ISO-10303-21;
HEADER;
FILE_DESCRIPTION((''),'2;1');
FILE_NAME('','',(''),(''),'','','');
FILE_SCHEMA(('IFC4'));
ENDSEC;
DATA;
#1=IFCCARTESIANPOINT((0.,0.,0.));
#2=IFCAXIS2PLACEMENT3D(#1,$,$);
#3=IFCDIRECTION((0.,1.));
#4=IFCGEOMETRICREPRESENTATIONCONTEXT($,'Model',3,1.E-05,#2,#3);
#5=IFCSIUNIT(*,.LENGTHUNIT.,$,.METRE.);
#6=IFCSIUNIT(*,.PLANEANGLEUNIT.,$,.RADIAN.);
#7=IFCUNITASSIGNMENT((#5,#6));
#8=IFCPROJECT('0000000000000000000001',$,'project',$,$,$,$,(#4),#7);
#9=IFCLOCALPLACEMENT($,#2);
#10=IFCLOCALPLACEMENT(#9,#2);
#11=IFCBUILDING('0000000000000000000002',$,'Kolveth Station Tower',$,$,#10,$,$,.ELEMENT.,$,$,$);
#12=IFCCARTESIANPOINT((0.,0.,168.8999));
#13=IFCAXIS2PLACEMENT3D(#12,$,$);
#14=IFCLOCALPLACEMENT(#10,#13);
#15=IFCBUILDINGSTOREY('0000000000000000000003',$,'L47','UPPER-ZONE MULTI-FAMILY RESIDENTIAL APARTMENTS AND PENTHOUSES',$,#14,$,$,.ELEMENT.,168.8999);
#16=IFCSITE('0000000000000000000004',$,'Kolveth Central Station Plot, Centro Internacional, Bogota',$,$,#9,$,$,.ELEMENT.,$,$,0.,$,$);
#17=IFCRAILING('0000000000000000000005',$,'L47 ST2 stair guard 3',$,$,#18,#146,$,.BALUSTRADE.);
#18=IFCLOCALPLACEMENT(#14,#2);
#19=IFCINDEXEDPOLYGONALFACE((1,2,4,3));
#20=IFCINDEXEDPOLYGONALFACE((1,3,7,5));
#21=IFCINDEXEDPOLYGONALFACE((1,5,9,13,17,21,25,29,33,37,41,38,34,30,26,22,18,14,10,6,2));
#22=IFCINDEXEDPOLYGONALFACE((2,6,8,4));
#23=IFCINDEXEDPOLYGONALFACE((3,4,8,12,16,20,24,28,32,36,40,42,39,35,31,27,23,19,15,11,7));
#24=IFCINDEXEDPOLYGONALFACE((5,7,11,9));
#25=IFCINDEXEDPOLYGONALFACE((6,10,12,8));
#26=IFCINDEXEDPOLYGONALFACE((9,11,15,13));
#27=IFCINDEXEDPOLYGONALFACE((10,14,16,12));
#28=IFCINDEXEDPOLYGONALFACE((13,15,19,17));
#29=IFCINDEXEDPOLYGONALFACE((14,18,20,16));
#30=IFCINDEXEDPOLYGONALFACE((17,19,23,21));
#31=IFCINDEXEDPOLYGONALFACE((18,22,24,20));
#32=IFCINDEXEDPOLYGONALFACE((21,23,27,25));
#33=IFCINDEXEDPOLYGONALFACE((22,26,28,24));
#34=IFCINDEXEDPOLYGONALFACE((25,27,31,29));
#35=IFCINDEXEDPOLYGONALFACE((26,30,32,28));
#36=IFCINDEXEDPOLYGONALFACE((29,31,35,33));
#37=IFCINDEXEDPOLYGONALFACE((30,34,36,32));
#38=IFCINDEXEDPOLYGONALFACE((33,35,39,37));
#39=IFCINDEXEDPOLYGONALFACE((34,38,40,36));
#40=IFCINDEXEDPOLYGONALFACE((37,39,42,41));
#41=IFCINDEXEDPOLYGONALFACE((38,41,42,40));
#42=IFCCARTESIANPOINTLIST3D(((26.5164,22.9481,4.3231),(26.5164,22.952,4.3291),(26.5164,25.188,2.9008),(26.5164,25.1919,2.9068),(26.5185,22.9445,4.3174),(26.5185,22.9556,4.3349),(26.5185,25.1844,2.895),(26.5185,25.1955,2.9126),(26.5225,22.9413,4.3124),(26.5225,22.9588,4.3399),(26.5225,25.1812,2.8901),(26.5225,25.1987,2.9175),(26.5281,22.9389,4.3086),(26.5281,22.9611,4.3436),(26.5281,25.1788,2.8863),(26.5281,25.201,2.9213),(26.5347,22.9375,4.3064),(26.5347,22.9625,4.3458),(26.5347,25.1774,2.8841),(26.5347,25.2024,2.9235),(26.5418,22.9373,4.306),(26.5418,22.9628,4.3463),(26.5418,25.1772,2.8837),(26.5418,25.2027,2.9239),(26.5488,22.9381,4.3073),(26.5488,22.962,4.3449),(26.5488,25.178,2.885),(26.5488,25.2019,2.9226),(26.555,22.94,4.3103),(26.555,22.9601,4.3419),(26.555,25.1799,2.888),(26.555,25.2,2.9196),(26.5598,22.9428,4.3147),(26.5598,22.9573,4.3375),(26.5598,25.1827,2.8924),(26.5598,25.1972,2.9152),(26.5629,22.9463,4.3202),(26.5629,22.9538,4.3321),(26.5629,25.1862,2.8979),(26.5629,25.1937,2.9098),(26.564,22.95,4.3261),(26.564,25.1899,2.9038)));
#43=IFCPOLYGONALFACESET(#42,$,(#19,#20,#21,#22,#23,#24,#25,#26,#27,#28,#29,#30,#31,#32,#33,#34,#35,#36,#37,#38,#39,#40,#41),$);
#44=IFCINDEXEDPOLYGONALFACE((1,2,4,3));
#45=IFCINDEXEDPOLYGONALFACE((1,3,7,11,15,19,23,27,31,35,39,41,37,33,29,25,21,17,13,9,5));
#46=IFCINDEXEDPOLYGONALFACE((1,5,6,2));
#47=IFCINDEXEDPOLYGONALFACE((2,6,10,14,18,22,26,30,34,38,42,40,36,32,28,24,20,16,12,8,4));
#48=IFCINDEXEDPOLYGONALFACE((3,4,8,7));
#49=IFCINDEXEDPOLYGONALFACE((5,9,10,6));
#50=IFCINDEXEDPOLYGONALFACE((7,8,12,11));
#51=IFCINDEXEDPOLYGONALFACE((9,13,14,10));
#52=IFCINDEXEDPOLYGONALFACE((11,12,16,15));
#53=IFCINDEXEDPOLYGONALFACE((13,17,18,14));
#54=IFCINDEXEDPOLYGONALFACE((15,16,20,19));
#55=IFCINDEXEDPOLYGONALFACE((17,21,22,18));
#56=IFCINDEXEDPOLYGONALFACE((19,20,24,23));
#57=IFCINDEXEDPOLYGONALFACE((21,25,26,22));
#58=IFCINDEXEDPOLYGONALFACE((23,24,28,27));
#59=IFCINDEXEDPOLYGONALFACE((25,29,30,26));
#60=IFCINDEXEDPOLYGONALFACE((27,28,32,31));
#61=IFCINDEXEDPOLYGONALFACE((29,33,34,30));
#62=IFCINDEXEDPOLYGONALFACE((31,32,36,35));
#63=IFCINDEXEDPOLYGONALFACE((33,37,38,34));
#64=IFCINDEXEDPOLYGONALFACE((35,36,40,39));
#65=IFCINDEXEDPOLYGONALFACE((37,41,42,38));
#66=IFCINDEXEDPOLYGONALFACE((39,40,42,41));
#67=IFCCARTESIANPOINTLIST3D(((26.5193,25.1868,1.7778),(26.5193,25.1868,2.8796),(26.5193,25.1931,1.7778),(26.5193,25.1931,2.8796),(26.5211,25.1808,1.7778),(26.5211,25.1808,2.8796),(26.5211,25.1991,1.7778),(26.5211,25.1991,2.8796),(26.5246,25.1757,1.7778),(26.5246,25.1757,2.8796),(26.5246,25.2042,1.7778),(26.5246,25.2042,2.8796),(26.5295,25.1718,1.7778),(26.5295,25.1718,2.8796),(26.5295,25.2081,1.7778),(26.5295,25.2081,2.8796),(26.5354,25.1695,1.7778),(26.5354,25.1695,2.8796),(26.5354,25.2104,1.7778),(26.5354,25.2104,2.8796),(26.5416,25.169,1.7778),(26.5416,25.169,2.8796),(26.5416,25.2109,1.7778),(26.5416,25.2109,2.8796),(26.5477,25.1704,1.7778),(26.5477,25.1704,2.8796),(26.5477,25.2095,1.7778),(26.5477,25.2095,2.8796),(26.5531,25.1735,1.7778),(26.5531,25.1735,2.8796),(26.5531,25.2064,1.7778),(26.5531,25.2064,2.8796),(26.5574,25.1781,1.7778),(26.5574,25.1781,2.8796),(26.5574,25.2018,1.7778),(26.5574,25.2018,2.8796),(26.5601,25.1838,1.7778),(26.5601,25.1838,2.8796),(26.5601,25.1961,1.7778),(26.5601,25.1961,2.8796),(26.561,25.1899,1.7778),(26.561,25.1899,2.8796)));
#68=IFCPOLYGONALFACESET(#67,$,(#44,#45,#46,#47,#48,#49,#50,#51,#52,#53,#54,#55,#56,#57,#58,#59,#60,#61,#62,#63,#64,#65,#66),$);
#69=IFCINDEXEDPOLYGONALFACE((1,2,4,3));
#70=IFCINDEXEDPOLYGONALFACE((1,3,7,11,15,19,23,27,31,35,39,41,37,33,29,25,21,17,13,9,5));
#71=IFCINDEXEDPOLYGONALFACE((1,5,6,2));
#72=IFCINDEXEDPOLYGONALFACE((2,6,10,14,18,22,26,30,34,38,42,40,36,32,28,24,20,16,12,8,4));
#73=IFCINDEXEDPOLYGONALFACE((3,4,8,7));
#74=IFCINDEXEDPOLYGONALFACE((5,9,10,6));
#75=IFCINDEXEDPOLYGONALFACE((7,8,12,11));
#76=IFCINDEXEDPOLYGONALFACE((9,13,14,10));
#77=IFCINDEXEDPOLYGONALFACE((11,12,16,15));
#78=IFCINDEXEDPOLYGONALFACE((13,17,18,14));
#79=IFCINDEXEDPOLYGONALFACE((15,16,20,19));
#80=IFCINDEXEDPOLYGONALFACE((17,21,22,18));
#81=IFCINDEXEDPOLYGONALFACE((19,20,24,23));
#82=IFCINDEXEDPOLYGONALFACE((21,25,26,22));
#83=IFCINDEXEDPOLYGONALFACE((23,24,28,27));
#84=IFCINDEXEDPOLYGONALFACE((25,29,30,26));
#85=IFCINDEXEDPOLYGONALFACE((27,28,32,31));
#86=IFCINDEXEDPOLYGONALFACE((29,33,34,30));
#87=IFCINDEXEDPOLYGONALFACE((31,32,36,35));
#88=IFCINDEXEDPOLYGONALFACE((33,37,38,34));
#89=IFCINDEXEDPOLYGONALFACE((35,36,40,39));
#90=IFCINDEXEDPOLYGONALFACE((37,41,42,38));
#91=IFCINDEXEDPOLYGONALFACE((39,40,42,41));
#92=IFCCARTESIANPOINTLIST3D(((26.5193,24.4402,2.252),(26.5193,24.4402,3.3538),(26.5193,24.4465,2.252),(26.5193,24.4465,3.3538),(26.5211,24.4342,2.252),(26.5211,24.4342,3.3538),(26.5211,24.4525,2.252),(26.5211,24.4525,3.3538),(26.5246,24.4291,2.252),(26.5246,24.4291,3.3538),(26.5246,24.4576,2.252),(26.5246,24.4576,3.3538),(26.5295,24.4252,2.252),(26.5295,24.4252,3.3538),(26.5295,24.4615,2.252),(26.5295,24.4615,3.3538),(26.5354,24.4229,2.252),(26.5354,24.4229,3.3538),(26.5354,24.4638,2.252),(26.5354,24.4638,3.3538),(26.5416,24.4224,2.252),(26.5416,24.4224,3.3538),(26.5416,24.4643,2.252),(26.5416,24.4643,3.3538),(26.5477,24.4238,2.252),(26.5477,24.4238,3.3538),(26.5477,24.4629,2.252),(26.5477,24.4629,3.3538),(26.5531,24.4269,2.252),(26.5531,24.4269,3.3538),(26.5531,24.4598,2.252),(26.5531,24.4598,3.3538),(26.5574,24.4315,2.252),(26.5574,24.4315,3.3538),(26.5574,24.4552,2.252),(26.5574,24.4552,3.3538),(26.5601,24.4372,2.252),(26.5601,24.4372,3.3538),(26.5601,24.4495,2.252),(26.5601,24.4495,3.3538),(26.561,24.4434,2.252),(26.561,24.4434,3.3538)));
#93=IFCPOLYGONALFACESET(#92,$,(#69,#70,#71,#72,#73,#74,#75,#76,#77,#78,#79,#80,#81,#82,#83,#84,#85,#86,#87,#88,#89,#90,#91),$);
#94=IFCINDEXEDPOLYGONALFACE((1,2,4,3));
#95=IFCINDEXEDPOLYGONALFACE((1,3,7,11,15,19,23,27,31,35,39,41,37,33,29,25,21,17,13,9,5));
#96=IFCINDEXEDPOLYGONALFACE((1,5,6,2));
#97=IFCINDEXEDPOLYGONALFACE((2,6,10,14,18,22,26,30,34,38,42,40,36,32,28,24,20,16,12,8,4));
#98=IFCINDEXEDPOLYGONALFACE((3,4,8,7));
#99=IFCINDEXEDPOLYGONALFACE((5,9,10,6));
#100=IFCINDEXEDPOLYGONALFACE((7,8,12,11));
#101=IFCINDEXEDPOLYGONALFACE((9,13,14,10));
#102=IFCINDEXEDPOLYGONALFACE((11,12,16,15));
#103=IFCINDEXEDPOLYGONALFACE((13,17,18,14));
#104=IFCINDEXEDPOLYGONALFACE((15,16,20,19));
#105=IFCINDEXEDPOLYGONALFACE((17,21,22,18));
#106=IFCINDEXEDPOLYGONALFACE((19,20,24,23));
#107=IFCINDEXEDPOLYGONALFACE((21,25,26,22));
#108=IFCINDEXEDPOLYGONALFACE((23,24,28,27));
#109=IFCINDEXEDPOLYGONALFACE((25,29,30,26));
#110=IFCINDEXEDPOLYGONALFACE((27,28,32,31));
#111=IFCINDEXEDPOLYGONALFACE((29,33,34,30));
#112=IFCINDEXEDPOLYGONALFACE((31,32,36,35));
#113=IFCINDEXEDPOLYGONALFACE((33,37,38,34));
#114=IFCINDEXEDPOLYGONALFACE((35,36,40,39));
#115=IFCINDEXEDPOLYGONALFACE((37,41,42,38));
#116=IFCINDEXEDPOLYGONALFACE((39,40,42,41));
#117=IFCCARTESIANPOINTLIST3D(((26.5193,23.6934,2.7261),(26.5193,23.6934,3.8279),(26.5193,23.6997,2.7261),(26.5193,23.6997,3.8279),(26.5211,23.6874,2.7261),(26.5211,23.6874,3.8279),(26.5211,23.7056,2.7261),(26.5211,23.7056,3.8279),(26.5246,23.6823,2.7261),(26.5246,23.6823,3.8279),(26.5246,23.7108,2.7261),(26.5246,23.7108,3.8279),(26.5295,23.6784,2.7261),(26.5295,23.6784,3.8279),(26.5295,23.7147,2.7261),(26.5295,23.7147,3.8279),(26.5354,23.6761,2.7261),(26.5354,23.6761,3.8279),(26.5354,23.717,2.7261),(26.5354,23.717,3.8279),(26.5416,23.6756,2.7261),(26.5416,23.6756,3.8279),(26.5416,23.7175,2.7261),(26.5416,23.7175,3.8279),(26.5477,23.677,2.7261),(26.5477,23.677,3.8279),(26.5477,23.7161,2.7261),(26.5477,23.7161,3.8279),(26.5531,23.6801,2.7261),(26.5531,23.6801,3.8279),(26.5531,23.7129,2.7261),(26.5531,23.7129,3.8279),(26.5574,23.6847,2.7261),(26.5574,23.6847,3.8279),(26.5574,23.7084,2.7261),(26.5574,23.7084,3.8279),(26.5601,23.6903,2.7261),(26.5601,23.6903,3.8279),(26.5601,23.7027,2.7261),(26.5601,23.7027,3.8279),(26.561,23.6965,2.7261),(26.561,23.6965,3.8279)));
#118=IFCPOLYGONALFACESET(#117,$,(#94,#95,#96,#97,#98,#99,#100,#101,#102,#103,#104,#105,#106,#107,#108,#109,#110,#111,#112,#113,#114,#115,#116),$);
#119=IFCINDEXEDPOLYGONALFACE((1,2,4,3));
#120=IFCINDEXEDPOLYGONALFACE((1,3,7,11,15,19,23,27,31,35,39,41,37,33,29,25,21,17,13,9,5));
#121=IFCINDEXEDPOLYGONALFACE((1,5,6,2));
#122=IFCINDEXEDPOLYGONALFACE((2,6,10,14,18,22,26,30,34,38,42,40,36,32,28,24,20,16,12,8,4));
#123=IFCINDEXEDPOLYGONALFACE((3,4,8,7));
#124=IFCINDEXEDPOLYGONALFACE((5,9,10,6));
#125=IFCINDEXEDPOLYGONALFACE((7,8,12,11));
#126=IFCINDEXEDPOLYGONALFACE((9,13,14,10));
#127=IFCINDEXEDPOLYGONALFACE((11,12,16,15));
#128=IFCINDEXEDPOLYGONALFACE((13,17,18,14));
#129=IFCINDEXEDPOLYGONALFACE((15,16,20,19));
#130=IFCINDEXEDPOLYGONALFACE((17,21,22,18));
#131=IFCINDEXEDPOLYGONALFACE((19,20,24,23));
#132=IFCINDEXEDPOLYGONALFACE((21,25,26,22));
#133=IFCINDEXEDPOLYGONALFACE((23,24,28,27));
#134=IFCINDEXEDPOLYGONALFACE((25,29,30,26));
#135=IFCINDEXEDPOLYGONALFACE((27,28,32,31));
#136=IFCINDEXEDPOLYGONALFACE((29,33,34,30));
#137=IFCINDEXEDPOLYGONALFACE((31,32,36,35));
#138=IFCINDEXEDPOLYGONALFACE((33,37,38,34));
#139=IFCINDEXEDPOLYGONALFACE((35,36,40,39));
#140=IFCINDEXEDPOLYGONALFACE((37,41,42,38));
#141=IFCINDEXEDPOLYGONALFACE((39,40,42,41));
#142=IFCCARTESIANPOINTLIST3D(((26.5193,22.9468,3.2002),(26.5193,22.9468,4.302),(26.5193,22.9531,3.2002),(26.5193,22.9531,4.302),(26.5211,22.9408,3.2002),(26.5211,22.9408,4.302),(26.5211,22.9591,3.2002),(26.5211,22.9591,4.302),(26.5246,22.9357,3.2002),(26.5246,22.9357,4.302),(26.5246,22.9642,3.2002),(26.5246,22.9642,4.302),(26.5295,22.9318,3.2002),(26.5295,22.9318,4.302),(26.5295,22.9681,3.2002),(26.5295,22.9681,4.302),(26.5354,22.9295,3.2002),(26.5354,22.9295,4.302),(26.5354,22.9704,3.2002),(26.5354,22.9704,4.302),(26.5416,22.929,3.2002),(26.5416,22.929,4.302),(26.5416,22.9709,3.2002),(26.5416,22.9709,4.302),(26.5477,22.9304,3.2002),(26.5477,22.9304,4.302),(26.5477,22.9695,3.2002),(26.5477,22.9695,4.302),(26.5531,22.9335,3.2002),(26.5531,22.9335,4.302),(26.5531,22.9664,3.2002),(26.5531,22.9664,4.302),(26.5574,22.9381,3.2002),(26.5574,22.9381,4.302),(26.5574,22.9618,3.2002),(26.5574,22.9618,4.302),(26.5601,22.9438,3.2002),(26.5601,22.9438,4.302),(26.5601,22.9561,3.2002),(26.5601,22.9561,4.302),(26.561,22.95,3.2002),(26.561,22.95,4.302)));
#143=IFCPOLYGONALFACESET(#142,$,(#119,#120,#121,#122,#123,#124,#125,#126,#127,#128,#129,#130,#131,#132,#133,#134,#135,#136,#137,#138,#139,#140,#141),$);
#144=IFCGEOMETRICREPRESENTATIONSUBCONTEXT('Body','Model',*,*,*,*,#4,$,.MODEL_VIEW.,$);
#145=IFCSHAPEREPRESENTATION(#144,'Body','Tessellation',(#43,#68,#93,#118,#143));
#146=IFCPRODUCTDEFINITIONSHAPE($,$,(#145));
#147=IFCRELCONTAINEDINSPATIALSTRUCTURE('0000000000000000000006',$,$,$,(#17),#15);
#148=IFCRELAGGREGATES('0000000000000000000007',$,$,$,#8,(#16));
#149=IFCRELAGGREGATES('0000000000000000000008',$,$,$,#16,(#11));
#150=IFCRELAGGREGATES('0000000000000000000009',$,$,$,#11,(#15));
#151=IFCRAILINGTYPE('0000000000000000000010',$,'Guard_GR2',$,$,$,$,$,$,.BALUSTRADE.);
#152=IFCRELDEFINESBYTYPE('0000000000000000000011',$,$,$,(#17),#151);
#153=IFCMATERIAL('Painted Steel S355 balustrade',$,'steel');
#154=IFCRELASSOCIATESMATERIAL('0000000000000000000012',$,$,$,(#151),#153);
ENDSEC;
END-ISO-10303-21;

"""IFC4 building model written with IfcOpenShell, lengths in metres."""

from ifc_helpers import new_model, si_unit, direction, frame, origin, origin_2d, place, context, subcontext, project, spatial, circle, extrude, material, type_object, element, save


model = new_model("IFC4")

# Units and contexts
model_context = context("Model", 3, precision=1e-05, world=origin(), true_north=direction((0.0, 1.0)))
body_context = subcontext(model_context, "Body", "Model", "MODEL_VIEW")
ifc_project = project(units=[si_unit("LENGTHUNIT", "METRE"), si_unit("PLANEANGLEUNIT", "RADIAN")], contexts=[model_context])

# Site, building, storey
site_placement = place(None, origin())
site = spatial("IfcSite", under=ifc_project, at=site_placement, Name="Kolveth Central Station Plot, Centro Internacional, Bogota", CompositionType="ELEMENT", RefElevation=0.0)
building_placement = place(site_placement, origin())
building = spatial("IfcBuilding", under=site, at=building_placement, Name="Kolveth Station Tower", CompositionType="ELEMENT")
storey_placement = place(building_placement, frame((0.0, 0.0, 168.8999)))
storey = spatial("IfcBuildingStorey", under=building, at=storey_placement, Name="L47", Description="UPPER-ZONE MULTI-FAMILY RESIDENTIAL APARTMENTS AND PENTHOUSES", CompositionType="ELEMENT", Elevation=168.8999)

# Railing
ifc_material_1 = material(Name="Painted Steel S355 balustrade", Category="steel")
railing_type_1 = type_object("IfcRailingType", Name="Guard_GR2", PredefinedType="BALUSTRADE", material=ifc_material_1)
railing_1_placement = place(storey_placement, frame((26.54, 25.1899, 1.7778)))
element("IfcRailing", 1, at=railing_1_placement, inside=storey, type_object=railing_type_1, Name="L47 ST2 stair guard 3", PredefinedType="BALUSTRADE", context=body_context, shape_type="SweptSolid", body=[
    extrude(circle(Radius=0.0239, at=origin_2d()), frame((0.0, 0.0, 1.126), z_axis=(0.0, -0.844188, 0.536048), x_axis=(1.0, 0.0, 0.0)), (0.0, 0.0, 1.0), 2.6533),
    extrude(circle(Radius=0.021, at=origin_2d()), origin(), (0.0, 0.0, 1.0), 1.1018),
    extrude(circle(Radius=0.021, at=origin_2d()), frame((0.0, -0.7466, 0.4741)), (0.0, 0.0, 1.0), 1.1018),
    extrude(circle(Radius=0.021, at=origin_2d()), frame((0.0, -1.4934, 0.9482)), (0.0, 0.0, 1.0), 1.1018),
    extrude(circle(Radius=0.021, at=origin_2d()), frame((0.0, -2.24, 1.4224)), (0.0, 0.0, 1.0), 1.1018),
])

save(model, "model.ifc")
